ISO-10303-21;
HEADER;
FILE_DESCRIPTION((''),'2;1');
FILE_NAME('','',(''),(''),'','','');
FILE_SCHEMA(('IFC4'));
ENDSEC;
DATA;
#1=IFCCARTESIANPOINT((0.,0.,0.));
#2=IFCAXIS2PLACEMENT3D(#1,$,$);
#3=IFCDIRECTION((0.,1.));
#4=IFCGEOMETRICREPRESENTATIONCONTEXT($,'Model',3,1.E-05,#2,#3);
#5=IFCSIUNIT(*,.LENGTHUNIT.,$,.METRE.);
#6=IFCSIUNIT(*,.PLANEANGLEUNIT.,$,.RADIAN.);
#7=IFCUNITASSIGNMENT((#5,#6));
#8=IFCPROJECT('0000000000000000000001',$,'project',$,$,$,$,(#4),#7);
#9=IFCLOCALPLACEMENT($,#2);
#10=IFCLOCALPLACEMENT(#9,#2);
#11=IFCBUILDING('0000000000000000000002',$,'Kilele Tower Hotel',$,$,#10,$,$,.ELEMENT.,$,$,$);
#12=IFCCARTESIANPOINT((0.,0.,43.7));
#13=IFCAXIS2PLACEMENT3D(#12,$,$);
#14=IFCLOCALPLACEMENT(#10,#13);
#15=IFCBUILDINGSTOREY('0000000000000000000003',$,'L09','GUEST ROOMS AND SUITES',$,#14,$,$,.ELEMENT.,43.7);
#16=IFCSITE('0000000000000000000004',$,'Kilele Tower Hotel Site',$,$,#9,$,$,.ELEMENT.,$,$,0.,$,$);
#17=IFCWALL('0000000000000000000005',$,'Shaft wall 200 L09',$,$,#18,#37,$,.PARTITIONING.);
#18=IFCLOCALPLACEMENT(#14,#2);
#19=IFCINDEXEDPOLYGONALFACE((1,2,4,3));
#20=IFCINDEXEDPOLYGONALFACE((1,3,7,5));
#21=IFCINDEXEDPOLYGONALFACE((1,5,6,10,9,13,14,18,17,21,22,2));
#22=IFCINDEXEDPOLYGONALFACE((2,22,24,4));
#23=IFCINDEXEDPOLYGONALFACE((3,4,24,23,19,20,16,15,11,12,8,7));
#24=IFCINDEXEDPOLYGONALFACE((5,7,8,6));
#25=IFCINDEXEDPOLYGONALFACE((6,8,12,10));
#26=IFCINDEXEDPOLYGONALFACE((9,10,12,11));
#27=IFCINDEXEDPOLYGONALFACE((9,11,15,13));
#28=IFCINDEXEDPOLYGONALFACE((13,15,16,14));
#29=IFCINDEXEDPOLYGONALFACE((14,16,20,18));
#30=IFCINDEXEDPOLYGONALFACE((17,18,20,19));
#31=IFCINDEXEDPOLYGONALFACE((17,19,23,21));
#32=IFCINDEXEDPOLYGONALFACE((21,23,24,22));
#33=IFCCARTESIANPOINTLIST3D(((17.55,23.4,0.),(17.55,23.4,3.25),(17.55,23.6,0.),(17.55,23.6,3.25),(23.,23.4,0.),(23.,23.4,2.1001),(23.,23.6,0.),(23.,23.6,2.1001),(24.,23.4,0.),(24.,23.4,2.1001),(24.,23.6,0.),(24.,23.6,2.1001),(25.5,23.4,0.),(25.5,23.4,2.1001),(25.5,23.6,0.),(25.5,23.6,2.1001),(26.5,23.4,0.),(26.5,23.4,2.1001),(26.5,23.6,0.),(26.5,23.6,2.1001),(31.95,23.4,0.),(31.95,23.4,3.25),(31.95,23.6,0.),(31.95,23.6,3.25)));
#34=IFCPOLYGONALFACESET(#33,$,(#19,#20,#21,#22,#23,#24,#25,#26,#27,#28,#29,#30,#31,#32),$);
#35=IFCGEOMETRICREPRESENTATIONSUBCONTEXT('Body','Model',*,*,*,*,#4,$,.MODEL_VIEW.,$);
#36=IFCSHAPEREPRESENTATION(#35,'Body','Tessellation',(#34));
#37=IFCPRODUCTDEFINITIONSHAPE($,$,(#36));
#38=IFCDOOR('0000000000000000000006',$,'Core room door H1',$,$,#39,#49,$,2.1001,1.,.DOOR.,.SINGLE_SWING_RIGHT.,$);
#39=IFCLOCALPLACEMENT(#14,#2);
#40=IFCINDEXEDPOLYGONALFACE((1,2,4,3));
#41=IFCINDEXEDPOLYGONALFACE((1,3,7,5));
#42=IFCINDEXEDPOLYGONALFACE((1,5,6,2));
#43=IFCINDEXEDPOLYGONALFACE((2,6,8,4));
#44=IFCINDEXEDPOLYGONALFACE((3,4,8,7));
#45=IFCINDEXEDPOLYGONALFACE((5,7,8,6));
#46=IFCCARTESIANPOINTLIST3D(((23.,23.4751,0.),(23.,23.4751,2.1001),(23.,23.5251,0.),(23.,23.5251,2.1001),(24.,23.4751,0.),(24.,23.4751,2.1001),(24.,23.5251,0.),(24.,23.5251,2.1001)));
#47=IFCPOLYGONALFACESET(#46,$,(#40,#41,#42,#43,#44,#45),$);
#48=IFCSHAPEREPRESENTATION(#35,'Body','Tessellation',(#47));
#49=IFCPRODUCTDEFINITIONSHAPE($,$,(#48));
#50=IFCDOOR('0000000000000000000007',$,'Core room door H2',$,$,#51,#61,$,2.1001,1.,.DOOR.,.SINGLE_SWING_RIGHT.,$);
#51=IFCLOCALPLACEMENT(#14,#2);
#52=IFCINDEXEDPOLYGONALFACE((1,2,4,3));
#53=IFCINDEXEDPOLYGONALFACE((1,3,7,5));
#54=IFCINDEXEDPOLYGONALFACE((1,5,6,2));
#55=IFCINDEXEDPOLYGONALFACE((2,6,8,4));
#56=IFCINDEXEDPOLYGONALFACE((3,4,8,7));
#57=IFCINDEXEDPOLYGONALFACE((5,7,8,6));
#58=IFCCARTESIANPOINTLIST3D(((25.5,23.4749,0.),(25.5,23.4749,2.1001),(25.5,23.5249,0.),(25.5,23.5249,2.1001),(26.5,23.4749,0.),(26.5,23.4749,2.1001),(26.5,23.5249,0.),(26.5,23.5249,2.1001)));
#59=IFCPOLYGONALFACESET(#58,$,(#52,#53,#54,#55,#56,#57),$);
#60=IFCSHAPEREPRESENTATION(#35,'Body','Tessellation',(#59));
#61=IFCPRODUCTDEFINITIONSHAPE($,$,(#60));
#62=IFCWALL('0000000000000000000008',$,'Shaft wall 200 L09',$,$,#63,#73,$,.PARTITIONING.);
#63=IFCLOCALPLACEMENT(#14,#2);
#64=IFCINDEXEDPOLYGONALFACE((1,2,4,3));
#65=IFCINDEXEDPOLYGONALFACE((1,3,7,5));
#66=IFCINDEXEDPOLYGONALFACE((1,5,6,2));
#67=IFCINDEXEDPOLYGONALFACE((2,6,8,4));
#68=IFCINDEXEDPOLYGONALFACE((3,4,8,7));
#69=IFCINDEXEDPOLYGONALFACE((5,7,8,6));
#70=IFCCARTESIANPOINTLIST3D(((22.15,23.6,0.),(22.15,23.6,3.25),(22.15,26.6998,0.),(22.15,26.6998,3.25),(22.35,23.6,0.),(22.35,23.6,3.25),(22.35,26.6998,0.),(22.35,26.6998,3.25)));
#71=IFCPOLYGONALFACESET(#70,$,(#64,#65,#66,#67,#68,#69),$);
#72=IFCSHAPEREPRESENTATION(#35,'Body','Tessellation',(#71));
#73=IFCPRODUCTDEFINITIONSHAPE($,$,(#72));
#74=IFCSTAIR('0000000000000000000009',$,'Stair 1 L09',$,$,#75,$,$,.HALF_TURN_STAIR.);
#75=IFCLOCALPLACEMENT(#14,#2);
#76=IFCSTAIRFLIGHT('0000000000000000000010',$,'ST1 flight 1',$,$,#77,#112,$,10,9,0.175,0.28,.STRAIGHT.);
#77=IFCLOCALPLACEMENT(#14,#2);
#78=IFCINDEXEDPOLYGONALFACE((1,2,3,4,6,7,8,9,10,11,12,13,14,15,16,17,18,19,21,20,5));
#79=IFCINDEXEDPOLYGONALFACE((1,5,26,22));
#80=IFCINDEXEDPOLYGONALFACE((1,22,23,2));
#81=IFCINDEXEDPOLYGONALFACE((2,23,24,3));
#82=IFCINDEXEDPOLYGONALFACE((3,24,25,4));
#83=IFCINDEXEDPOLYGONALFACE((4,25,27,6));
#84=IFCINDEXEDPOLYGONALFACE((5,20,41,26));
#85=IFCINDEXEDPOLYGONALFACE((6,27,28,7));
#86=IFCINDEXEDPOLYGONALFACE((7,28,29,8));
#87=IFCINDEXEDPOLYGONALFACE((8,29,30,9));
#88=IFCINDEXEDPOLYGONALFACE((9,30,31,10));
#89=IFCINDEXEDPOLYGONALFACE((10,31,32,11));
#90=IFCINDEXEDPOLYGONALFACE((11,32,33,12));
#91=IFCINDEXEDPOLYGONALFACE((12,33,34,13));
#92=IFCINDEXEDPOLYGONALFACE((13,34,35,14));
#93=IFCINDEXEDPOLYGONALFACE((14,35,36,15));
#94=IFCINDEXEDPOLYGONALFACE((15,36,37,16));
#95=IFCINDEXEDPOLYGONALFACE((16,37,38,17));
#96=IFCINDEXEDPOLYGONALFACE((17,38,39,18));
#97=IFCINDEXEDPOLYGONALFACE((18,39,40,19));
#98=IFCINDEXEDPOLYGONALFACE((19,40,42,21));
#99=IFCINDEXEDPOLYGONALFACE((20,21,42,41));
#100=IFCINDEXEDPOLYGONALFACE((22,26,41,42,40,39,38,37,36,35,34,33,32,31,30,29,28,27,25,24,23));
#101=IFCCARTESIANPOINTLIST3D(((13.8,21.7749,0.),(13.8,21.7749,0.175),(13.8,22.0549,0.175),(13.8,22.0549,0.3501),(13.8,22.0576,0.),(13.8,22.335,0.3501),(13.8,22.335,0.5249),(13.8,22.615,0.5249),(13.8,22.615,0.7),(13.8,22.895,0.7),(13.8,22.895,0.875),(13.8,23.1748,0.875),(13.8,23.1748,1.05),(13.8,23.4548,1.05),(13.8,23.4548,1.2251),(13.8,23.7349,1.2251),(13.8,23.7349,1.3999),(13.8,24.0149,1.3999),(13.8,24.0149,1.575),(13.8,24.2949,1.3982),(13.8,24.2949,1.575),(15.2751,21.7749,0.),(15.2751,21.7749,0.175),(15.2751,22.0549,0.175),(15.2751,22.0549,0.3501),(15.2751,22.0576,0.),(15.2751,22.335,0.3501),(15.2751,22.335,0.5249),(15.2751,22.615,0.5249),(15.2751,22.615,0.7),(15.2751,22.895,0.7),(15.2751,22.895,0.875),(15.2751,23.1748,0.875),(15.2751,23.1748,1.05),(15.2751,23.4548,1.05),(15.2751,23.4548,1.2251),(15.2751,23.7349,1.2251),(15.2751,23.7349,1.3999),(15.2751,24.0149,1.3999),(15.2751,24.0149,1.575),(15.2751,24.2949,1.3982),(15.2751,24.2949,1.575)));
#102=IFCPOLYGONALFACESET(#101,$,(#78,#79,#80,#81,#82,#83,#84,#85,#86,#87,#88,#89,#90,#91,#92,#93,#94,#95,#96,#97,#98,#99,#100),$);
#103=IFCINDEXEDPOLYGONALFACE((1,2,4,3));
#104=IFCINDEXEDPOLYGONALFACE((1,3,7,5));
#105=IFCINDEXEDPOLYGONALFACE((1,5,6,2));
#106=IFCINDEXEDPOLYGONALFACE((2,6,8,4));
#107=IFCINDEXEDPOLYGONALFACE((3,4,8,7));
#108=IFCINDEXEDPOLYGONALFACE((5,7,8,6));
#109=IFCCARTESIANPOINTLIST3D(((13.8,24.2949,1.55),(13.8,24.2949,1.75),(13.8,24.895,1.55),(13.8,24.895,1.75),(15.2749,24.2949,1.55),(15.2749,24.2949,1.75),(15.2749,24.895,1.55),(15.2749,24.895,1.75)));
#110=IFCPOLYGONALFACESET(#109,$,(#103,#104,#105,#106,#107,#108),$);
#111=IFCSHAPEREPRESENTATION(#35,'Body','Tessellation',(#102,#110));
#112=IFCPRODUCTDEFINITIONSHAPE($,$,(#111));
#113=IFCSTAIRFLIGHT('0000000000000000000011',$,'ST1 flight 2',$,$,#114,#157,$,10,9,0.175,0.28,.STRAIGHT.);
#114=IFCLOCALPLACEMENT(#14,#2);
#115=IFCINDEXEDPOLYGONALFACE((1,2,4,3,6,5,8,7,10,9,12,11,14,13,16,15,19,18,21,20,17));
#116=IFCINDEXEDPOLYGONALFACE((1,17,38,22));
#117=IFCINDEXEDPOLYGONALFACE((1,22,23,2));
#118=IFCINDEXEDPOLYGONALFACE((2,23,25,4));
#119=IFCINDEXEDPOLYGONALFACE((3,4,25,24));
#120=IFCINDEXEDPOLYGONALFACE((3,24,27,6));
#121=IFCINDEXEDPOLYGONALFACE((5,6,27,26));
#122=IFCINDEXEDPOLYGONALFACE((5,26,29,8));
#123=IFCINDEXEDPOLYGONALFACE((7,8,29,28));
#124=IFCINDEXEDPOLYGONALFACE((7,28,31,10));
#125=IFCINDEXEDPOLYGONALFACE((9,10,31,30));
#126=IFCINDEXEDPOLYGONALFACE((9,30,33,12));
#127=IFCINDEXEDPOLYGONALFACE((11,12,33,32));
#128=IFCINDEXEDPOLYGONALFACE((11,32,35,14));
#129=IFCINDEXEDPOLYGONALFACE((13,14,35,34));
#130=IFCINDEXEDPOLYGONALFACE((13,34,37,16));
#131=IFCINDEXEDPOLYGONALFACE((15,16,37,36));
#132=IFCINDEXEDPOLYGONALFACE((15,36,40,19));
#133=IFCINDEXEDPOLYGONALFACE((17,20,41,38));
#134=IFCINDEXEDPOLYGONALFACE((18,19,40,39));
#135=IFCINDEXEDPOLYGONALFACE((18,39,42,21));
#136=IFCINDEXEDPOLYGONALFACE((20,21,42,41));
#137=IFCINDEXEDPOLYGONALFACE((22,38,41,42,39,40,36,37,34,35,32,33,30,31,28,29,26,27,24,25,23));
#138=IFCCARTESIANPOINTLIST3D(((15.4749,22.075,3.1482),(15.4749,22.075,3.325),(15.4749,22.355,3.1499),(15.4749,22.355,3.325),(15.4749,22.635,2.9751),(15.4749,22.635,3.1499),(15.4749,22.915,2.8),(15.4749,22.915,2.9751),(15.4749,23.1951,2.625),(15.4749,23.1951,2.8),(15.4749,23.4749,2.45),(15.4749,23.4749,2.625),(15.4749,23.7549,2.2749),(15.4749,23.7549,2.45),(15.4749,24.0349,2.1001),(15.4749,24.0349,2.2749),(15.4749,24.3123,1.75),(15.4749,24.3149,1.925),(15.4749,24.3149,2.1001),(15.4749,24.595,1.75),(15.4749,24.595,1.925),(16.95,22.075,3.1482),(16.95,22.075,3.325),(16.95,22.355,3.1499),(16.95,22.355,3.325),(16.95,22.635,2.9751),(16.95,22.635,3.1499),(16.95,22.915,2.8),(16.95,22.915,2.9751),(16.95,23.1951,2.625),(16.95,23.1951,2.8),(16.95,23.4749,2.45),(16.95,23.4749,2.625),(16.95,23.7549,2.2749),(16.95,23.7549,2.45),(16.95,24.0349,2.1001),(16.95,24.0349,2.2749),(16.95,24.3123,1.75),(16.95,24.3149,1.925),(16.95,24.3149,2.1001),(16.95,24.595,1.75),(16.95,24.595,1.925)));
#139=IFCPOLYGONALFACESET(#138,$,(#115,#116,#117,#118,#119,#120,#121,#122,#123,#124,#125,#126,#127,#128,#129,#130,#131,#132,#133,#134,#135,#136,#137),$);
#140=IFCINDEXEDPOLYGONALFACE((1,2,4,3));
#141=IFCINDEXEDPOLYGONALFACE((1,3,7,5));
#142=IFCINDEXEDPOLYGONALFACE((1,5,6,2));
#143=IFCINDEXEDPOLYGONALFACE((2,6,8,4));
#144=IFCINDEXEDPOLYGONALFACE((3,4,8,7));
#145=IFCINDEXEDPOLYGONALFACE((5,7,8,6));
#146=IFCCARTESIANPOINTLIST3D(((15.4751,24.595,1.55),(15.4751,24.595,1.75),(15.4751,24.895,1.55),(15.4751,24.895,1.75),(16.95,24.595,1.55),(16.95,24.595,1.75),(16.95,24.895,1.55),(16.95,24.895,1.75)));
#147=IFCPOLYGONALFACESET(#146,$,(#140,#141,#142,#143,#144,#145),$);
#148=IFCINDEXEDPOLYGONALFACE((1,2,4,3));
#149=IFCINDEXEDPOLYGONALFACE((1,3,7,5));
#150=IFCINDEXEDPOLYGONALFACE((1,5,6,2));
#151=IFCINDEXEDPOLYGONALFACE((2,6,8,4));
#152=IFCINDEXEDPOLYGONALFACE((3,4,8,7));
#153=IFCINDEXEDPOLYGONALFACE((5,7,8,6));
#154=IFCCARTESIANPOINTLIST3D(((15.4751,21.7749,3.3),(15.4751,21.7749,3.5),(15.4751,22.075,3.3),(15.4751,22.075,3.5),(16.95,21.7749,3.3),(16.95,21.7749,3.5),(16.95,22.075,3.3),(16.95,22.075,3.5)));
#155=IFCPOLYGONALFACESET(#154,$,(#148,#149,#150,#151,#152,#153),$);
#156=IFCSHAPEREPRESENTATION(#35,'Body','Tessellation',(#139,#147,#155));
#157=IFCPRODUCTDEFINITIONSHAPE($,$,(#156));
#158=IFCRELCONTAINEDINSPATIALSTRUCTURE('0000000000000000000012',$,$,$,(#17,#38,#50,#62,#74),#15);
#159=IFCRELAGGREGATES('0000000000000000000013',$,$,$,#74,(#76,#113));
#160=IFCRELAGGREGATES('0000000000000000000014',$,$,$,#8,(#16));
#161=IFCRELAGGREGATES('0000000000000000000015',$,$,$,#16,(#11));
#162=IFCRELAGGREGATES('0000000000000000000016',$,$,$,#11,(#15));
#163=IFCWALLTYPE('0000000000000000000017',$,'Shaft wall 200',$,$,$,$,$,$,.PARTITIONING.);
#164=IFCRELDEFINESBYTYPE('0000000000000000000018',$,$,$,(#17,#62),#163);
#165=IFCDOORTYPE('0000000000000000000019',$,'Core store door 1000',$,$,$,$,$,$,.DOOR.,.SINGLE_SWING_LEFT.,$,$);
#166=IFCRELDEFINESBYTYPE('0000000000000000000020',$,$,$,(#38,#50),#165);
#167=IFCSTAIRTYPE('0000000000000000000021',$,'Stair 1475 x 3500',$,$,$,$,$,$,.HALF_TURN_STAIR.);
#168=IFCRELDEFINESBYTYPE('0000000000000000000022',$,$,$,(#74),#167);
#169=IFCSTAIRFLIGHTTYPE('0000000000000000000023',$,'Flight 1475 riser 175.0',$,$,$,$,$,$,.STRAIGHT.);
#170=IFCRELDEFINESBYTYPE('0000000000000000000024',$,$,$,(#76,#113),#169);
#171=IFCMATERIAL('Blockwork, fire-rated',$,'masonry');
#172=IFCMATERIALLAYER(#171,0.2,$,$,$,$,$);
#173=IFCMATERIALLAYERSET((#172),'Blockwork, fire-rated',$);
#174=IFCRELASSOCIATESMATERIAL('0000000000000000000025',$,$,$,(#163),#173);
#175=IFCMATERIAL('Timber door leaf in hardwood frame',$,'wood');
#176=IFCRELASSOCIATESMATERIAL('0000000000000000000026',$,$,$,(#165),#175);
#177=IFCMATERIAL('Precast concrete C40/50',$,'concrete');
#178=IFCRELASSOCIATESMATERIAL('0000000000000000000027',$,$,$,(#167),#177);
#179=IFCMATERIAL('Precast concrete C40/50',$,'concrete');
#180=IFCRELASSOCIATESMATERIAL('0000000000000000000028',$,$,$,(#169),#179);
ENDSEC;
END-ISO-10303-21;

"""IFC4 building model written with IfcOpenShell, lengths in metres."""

from ifc_helpers import new_model, si_unit, direction, frame, frame_2d, origin, place, context, subcontext, project, spatial, polyline, rectangle, outline, extrude, material, layer, layer_set, type_object, element, fill, aggregate, save


model = new_model("IFC4")

# Units and contexts
model_context = context("Model", 3, precision=1e-05, world=origin(), true_north=direction((0.0, 1.0)))
body_context = subcontext(model_context, "Body", "Model", "MODEL_VIEW")
ifc_project = project(units=[si_unit("LENGTHUNIT", "METRE"), si_unit("PLANEANGLEUNIT", "RADIAN")], contexts=[model_context])

# Site, building, storey
site_placement = place(None, origin())
site = spatial("IfcSite", under=ifc_project, at=site_placement, Name="Kilele Tower Hotel Site", CompositionType="ELEMENT", RefElevation=0.0)
building_placement = place(site_placement, origin())
building = spatial("IfcBuilding", under=site, at=building_placement, Name="Kilele Tower Hotel", CompositionType="ELEMENT")
storey_placement = place(building_placement, frame((0.0, 0.0, 43.7)))
storey = spatial("IfcBuildingStorey", under=building, at=storey_placement, Name="L09", Description="GUEST ROOMS AND SUITES", CompositionType="ELEMENT", Elevation=43.7)

# Shared definitions
ifc_material_1 = material(Name="Blockwork, fire-rated", Category="masonry")
ifc_layer_1 = layer(ifc_material_1, 0.2)
ifc_layer_set_1 = layer_set([ifc_layer_1], Name="Blockwork, fire-rated")
wall_type_1 = type_object("IfcWallType", Name="Shaft wall 200", PredefinedType="PARTITIONING", material=ifc_layer_set_1)

# Wall, openings, doors
wall_1_placement = place(storey_placement, frame((17.55, 23.5, 0.0), z_axis=(0.0, 0.0, 1.0), x_axis=(1.0, 0.0, 0.0)))
wall_1 = element("IfcWall", 1, at=wall_1_placement, inside=storey, type_object=wall_type_1, Name="Shaft wall 200 L09", PredefinedType="PARTITIONING", context=body_context, shape_type="SweptSolid", body=[
    extrude(rectangle(XDim=14.3999, YDim=0.2, at=frame_2d((7.2, 0.0))), origin(), (0.0, 0.0, 1.0), 3.25),
])
opening_1_placement = place(wall_1_placement, frame((6.45, 0.0, 0.0), z_axis=(0.0, 0.0, 1.0), x_axis=(-1.0, 0.0, 0.0)))
opening_1 = element("IfcOpeningElement", 2, at=opening_1_placement, cuts=wall_1, PredefinedType="OPENING", context=body_context, shape_type="SweptSolid", body=[
    extrude(rectangle(XDim=1.0, YDim=2.1001, at=frame_2d((0.5, 1.05))), frame((0.0, 0.1099, 0.0), z_axis=(0.0, -1.0, 0.0), x_axis=(1.0, 0.0, 0.0)), (0.0, 0.0, 1.0), 0.22),
])
opening_2_placement = place(wall_1_placement, frame((7.95, 0.0, 0.0)))
opening_2 = element("IfcOpeningElement", 3, at=opening_2_placement, cuts=wall_1, PredefinedType="OPENING", context=body_context, shape_type="SweptSolid", body=[
    extrude(rectangle(XDim=1.0, YDim=2.1001, at=frame_2d((0.5, 1.05))), frame((0.0, 0.1099, 0.0), z_axis=(0.0, -1.0, 0.0), x_axis=(1.0, 0.0, 0.0)), (0.0, 0.0, 1.0), 0.22),
])
ifc_material_2 = material(Name="Timber door leaf in hardwood frame", Category="wood")
door_type_1 = type_object("IfcDoorType", Name="Core store door 1000", OperationType="SINGLE_SWING_LEFT", PredefinedType="DOOR", material=ifc_material_2)
door_1_placement = place(opening_1_placement, origin())
door_1 = element("IfcDoor", 4, at=door_1_placement, inside=storey, type_object=door_type_1, Name="Core room door H1", OperationType="SINGLE_SWING_RIGHT", OverallHeight=2.1001, OverallWidth=1.0, PredefinedType="DOOR", context=body_context, shape_type="SweptSolid", body=[
    extrude(rectangle(XDim=1.0, YDim=2.1001, at=frame_2d((0.5, 1.05))), frame((0.0, 0.0249, 0.0), z_axis=(0.0, -1.0, 0.0), x_axis=(1.0, 0.0, 0.0)), (0.0, 0.0, 1.0), 0.05),
])
fill(opening_1, door_1)
door_2_placement = place(opening_2_placement, origin())
door_2 = element("IfcDoor", 5, at=door_2_placement, inside=storey, type_object=door_type_1, Name="Core room door H2", OperationType="SINGLE_SWING_RIGHT", OverallHeight=2.1001, OverallWidth=1.0, PredefinedType="DOOR", context=body_context, shape_type="SweptSolid", body=[
    extrude(rectangle(XDim=1.0, YDim=2.1001, at=frame_2d((0.5, 1.05))), frame((0.0, 0.0249, 0.0), z_axis=(0.0, -1.0, 0.0), x_axis=(1.0, 0.0, 0.0)), (0.0, 0.0, 1.0), 0.05),
])
fill(opening_2, door_2)

# Wall
wall_2_placement = place(storey_placement, frame((22.25, 23.6001, 0.0), z_axis=(0.0, 0.0, 1.0), x_axis=(0.0, 1.0, 0.0)))
element("IfcWall", 6, at=wall_2_placement, inside=storey, type_object=wall_type_1, Name="Shaft wall 200 L09", PredefinedType="PARTITIONING", context=body_context, shape_type="SweptSolid", body=[
    extrude(rectangle(XDim=3.0999, YDim=0.2, at=frame_2d((1.5498, 0.0))), origin(), (0.0, 0.0, 1.0), 3.25),
])

# Stair, stair flights
ifc_material_3 = material(Name="Precast concrete C40/50", Category="concrete")
stair_type = type_object("IfcStairType", Name="Stair 1475 x 3500", PredefinedType="HALF_TURN_STAIR", material=ifc_material_3)
stair_placement = place(storey_placement, origin())
stair = element("IfcStair", 7, at=stair_placement, inside=storey, type_object=stair_type, Name="Stair 1 L09", PredefinedType="HALF_TURN_STAIR")
ifc_material_4 = material(Name="Precast concrete C40/50", Category="concrete")
stair_flight_type = type_object("IfcStairFlightType", Name="Flight 1475 riser 175.0", PredefinedType="STRAIGHT", material=ifc_material_4)
stair_flight_1_placement = place(storey_placement, frame((14.5376, 21.7749, 0.0), z_axis=(0.0, 0.0, 1.0), x_axis=(0.0, 1.0, 0.0)))
stair_flight_1 = element("IfcStairFlight", 8, at=stair_flight_1_placement, type_object=stair_flight_type, Name="ST1 flight 1", NumberOfRisers=10, NumberOfTreads=9, PredefinedType="STRAIGHT", RiserHeight=0.175, TreadLength=0.28, context=body_context, shape_type="SweptSolid", body=[
    extrude(outline(polyline([(0.0, 0.0), (0.0, 0.175), (0.28, 0.175), (0.28, 0.3501), (0.5601, 0.3501), (0.5601, 0.5249), (0.8401, 0.5249), (0.8401, 0.7), (1.1201, 0.7), (1.1201, 0.875), (1.3999, 0.875), (1.3999, 1.05), (1.6799, 1.05), (1.6799, 1.2251), (1.96, 1.2251), (1.96, 1.3999), (2.24, 1.3999), (2.24, 1.575), (2.52, 1.575), (2.52, 1.75), (2.52, 1.3982), (0.2827, 0.0), (0.0, 0.0)])), frame((0.0, 0.7375, 0.0), z_axis=(0.0, -1.0, 0.0), x_axis=(1.0, 0.0, 0.0)), (0.0, 0.0, 1.0), 1.4751),
    extrude(outline(polyline([(2.52, 0.7375), (2.52, -0.7373), (3.1201, -0.7373), (3.1201, 0.7375), (2.52, 0.7375)])), frame((0.0, 0.0, 1.55)), (0.0, 0.0, 1.0), 0.2),
])
stair_flight_2_placement = place(storey_placement, frame((16.2124, 24.595, 1.75), z_axis=(0.0, 0.0, 1.0), x_axis=(0.0, -1.0, 0.0)))
stair_flight_2 = element("IfcStairFlight", 9, at=stair_flight_2_placement, type_object=stair_flight_type, Name="ST1 flight 2", NumberOfRisers=10, NumberOfTreads=9, PredefinedType="STRAIGHT", RiserHeight=0.175, TreadLength=0.28, context=body_context, shape_type="SweptSolid", body=[
    extrude(outline(polyline([(0.0, 0.0), (0.0, 0.175), (0.28, 0.175), (0.28, 0.3501), (0.5601, 0.3501), (0.5601, 0.5249), (0.8401, 0.5249), (0.8401, 0.7), (1.1201, 0.7), (1.1201, 0.875), (1.3999, 0.875), (1.3999, 1.05), (1.6799, 1.05), (1.6799, 1.2251), (1.96, 1.2251), (1.96, 1.3999), (2.24, 1.3999), (2.24, 1.575), (2.52, 1.575), (2.52, 1.75), (2.52, 1.3982), (0.2827, 0.0), (0.0, 0.0)])), frame((0.0, 0.7375, 0.0), z_axis=(0.0, -1.0, 0.0), x_axis=(1.0, 0.0, 0.0)), (0.0, 0.0, 1.0), 1.4751),
    extrude(outline(polyline([(0.0, -0.7373), (0.0, 0.7375), (-0.3, 0.7375), (-0.3, -0.7373), (0.0, -0.7373)])), frame((0.0, 0.0, -0.2)), (0.0, 0.0, 1.0), 0.2),
    extrude(outline(polyline([(2.8201, -0.7373), (2.8201, 0.7375), (2.52, 0.7375), (2.52, -0.7373), (2.8201, -0.7373)])), frame((0.0, 0.0, 1.55)), (0.0, 0.0, 1.0), 0.2),
])
aggregate(stair, [stair_flight_1, stair_flight_2])

save(model, "model.ifc")
